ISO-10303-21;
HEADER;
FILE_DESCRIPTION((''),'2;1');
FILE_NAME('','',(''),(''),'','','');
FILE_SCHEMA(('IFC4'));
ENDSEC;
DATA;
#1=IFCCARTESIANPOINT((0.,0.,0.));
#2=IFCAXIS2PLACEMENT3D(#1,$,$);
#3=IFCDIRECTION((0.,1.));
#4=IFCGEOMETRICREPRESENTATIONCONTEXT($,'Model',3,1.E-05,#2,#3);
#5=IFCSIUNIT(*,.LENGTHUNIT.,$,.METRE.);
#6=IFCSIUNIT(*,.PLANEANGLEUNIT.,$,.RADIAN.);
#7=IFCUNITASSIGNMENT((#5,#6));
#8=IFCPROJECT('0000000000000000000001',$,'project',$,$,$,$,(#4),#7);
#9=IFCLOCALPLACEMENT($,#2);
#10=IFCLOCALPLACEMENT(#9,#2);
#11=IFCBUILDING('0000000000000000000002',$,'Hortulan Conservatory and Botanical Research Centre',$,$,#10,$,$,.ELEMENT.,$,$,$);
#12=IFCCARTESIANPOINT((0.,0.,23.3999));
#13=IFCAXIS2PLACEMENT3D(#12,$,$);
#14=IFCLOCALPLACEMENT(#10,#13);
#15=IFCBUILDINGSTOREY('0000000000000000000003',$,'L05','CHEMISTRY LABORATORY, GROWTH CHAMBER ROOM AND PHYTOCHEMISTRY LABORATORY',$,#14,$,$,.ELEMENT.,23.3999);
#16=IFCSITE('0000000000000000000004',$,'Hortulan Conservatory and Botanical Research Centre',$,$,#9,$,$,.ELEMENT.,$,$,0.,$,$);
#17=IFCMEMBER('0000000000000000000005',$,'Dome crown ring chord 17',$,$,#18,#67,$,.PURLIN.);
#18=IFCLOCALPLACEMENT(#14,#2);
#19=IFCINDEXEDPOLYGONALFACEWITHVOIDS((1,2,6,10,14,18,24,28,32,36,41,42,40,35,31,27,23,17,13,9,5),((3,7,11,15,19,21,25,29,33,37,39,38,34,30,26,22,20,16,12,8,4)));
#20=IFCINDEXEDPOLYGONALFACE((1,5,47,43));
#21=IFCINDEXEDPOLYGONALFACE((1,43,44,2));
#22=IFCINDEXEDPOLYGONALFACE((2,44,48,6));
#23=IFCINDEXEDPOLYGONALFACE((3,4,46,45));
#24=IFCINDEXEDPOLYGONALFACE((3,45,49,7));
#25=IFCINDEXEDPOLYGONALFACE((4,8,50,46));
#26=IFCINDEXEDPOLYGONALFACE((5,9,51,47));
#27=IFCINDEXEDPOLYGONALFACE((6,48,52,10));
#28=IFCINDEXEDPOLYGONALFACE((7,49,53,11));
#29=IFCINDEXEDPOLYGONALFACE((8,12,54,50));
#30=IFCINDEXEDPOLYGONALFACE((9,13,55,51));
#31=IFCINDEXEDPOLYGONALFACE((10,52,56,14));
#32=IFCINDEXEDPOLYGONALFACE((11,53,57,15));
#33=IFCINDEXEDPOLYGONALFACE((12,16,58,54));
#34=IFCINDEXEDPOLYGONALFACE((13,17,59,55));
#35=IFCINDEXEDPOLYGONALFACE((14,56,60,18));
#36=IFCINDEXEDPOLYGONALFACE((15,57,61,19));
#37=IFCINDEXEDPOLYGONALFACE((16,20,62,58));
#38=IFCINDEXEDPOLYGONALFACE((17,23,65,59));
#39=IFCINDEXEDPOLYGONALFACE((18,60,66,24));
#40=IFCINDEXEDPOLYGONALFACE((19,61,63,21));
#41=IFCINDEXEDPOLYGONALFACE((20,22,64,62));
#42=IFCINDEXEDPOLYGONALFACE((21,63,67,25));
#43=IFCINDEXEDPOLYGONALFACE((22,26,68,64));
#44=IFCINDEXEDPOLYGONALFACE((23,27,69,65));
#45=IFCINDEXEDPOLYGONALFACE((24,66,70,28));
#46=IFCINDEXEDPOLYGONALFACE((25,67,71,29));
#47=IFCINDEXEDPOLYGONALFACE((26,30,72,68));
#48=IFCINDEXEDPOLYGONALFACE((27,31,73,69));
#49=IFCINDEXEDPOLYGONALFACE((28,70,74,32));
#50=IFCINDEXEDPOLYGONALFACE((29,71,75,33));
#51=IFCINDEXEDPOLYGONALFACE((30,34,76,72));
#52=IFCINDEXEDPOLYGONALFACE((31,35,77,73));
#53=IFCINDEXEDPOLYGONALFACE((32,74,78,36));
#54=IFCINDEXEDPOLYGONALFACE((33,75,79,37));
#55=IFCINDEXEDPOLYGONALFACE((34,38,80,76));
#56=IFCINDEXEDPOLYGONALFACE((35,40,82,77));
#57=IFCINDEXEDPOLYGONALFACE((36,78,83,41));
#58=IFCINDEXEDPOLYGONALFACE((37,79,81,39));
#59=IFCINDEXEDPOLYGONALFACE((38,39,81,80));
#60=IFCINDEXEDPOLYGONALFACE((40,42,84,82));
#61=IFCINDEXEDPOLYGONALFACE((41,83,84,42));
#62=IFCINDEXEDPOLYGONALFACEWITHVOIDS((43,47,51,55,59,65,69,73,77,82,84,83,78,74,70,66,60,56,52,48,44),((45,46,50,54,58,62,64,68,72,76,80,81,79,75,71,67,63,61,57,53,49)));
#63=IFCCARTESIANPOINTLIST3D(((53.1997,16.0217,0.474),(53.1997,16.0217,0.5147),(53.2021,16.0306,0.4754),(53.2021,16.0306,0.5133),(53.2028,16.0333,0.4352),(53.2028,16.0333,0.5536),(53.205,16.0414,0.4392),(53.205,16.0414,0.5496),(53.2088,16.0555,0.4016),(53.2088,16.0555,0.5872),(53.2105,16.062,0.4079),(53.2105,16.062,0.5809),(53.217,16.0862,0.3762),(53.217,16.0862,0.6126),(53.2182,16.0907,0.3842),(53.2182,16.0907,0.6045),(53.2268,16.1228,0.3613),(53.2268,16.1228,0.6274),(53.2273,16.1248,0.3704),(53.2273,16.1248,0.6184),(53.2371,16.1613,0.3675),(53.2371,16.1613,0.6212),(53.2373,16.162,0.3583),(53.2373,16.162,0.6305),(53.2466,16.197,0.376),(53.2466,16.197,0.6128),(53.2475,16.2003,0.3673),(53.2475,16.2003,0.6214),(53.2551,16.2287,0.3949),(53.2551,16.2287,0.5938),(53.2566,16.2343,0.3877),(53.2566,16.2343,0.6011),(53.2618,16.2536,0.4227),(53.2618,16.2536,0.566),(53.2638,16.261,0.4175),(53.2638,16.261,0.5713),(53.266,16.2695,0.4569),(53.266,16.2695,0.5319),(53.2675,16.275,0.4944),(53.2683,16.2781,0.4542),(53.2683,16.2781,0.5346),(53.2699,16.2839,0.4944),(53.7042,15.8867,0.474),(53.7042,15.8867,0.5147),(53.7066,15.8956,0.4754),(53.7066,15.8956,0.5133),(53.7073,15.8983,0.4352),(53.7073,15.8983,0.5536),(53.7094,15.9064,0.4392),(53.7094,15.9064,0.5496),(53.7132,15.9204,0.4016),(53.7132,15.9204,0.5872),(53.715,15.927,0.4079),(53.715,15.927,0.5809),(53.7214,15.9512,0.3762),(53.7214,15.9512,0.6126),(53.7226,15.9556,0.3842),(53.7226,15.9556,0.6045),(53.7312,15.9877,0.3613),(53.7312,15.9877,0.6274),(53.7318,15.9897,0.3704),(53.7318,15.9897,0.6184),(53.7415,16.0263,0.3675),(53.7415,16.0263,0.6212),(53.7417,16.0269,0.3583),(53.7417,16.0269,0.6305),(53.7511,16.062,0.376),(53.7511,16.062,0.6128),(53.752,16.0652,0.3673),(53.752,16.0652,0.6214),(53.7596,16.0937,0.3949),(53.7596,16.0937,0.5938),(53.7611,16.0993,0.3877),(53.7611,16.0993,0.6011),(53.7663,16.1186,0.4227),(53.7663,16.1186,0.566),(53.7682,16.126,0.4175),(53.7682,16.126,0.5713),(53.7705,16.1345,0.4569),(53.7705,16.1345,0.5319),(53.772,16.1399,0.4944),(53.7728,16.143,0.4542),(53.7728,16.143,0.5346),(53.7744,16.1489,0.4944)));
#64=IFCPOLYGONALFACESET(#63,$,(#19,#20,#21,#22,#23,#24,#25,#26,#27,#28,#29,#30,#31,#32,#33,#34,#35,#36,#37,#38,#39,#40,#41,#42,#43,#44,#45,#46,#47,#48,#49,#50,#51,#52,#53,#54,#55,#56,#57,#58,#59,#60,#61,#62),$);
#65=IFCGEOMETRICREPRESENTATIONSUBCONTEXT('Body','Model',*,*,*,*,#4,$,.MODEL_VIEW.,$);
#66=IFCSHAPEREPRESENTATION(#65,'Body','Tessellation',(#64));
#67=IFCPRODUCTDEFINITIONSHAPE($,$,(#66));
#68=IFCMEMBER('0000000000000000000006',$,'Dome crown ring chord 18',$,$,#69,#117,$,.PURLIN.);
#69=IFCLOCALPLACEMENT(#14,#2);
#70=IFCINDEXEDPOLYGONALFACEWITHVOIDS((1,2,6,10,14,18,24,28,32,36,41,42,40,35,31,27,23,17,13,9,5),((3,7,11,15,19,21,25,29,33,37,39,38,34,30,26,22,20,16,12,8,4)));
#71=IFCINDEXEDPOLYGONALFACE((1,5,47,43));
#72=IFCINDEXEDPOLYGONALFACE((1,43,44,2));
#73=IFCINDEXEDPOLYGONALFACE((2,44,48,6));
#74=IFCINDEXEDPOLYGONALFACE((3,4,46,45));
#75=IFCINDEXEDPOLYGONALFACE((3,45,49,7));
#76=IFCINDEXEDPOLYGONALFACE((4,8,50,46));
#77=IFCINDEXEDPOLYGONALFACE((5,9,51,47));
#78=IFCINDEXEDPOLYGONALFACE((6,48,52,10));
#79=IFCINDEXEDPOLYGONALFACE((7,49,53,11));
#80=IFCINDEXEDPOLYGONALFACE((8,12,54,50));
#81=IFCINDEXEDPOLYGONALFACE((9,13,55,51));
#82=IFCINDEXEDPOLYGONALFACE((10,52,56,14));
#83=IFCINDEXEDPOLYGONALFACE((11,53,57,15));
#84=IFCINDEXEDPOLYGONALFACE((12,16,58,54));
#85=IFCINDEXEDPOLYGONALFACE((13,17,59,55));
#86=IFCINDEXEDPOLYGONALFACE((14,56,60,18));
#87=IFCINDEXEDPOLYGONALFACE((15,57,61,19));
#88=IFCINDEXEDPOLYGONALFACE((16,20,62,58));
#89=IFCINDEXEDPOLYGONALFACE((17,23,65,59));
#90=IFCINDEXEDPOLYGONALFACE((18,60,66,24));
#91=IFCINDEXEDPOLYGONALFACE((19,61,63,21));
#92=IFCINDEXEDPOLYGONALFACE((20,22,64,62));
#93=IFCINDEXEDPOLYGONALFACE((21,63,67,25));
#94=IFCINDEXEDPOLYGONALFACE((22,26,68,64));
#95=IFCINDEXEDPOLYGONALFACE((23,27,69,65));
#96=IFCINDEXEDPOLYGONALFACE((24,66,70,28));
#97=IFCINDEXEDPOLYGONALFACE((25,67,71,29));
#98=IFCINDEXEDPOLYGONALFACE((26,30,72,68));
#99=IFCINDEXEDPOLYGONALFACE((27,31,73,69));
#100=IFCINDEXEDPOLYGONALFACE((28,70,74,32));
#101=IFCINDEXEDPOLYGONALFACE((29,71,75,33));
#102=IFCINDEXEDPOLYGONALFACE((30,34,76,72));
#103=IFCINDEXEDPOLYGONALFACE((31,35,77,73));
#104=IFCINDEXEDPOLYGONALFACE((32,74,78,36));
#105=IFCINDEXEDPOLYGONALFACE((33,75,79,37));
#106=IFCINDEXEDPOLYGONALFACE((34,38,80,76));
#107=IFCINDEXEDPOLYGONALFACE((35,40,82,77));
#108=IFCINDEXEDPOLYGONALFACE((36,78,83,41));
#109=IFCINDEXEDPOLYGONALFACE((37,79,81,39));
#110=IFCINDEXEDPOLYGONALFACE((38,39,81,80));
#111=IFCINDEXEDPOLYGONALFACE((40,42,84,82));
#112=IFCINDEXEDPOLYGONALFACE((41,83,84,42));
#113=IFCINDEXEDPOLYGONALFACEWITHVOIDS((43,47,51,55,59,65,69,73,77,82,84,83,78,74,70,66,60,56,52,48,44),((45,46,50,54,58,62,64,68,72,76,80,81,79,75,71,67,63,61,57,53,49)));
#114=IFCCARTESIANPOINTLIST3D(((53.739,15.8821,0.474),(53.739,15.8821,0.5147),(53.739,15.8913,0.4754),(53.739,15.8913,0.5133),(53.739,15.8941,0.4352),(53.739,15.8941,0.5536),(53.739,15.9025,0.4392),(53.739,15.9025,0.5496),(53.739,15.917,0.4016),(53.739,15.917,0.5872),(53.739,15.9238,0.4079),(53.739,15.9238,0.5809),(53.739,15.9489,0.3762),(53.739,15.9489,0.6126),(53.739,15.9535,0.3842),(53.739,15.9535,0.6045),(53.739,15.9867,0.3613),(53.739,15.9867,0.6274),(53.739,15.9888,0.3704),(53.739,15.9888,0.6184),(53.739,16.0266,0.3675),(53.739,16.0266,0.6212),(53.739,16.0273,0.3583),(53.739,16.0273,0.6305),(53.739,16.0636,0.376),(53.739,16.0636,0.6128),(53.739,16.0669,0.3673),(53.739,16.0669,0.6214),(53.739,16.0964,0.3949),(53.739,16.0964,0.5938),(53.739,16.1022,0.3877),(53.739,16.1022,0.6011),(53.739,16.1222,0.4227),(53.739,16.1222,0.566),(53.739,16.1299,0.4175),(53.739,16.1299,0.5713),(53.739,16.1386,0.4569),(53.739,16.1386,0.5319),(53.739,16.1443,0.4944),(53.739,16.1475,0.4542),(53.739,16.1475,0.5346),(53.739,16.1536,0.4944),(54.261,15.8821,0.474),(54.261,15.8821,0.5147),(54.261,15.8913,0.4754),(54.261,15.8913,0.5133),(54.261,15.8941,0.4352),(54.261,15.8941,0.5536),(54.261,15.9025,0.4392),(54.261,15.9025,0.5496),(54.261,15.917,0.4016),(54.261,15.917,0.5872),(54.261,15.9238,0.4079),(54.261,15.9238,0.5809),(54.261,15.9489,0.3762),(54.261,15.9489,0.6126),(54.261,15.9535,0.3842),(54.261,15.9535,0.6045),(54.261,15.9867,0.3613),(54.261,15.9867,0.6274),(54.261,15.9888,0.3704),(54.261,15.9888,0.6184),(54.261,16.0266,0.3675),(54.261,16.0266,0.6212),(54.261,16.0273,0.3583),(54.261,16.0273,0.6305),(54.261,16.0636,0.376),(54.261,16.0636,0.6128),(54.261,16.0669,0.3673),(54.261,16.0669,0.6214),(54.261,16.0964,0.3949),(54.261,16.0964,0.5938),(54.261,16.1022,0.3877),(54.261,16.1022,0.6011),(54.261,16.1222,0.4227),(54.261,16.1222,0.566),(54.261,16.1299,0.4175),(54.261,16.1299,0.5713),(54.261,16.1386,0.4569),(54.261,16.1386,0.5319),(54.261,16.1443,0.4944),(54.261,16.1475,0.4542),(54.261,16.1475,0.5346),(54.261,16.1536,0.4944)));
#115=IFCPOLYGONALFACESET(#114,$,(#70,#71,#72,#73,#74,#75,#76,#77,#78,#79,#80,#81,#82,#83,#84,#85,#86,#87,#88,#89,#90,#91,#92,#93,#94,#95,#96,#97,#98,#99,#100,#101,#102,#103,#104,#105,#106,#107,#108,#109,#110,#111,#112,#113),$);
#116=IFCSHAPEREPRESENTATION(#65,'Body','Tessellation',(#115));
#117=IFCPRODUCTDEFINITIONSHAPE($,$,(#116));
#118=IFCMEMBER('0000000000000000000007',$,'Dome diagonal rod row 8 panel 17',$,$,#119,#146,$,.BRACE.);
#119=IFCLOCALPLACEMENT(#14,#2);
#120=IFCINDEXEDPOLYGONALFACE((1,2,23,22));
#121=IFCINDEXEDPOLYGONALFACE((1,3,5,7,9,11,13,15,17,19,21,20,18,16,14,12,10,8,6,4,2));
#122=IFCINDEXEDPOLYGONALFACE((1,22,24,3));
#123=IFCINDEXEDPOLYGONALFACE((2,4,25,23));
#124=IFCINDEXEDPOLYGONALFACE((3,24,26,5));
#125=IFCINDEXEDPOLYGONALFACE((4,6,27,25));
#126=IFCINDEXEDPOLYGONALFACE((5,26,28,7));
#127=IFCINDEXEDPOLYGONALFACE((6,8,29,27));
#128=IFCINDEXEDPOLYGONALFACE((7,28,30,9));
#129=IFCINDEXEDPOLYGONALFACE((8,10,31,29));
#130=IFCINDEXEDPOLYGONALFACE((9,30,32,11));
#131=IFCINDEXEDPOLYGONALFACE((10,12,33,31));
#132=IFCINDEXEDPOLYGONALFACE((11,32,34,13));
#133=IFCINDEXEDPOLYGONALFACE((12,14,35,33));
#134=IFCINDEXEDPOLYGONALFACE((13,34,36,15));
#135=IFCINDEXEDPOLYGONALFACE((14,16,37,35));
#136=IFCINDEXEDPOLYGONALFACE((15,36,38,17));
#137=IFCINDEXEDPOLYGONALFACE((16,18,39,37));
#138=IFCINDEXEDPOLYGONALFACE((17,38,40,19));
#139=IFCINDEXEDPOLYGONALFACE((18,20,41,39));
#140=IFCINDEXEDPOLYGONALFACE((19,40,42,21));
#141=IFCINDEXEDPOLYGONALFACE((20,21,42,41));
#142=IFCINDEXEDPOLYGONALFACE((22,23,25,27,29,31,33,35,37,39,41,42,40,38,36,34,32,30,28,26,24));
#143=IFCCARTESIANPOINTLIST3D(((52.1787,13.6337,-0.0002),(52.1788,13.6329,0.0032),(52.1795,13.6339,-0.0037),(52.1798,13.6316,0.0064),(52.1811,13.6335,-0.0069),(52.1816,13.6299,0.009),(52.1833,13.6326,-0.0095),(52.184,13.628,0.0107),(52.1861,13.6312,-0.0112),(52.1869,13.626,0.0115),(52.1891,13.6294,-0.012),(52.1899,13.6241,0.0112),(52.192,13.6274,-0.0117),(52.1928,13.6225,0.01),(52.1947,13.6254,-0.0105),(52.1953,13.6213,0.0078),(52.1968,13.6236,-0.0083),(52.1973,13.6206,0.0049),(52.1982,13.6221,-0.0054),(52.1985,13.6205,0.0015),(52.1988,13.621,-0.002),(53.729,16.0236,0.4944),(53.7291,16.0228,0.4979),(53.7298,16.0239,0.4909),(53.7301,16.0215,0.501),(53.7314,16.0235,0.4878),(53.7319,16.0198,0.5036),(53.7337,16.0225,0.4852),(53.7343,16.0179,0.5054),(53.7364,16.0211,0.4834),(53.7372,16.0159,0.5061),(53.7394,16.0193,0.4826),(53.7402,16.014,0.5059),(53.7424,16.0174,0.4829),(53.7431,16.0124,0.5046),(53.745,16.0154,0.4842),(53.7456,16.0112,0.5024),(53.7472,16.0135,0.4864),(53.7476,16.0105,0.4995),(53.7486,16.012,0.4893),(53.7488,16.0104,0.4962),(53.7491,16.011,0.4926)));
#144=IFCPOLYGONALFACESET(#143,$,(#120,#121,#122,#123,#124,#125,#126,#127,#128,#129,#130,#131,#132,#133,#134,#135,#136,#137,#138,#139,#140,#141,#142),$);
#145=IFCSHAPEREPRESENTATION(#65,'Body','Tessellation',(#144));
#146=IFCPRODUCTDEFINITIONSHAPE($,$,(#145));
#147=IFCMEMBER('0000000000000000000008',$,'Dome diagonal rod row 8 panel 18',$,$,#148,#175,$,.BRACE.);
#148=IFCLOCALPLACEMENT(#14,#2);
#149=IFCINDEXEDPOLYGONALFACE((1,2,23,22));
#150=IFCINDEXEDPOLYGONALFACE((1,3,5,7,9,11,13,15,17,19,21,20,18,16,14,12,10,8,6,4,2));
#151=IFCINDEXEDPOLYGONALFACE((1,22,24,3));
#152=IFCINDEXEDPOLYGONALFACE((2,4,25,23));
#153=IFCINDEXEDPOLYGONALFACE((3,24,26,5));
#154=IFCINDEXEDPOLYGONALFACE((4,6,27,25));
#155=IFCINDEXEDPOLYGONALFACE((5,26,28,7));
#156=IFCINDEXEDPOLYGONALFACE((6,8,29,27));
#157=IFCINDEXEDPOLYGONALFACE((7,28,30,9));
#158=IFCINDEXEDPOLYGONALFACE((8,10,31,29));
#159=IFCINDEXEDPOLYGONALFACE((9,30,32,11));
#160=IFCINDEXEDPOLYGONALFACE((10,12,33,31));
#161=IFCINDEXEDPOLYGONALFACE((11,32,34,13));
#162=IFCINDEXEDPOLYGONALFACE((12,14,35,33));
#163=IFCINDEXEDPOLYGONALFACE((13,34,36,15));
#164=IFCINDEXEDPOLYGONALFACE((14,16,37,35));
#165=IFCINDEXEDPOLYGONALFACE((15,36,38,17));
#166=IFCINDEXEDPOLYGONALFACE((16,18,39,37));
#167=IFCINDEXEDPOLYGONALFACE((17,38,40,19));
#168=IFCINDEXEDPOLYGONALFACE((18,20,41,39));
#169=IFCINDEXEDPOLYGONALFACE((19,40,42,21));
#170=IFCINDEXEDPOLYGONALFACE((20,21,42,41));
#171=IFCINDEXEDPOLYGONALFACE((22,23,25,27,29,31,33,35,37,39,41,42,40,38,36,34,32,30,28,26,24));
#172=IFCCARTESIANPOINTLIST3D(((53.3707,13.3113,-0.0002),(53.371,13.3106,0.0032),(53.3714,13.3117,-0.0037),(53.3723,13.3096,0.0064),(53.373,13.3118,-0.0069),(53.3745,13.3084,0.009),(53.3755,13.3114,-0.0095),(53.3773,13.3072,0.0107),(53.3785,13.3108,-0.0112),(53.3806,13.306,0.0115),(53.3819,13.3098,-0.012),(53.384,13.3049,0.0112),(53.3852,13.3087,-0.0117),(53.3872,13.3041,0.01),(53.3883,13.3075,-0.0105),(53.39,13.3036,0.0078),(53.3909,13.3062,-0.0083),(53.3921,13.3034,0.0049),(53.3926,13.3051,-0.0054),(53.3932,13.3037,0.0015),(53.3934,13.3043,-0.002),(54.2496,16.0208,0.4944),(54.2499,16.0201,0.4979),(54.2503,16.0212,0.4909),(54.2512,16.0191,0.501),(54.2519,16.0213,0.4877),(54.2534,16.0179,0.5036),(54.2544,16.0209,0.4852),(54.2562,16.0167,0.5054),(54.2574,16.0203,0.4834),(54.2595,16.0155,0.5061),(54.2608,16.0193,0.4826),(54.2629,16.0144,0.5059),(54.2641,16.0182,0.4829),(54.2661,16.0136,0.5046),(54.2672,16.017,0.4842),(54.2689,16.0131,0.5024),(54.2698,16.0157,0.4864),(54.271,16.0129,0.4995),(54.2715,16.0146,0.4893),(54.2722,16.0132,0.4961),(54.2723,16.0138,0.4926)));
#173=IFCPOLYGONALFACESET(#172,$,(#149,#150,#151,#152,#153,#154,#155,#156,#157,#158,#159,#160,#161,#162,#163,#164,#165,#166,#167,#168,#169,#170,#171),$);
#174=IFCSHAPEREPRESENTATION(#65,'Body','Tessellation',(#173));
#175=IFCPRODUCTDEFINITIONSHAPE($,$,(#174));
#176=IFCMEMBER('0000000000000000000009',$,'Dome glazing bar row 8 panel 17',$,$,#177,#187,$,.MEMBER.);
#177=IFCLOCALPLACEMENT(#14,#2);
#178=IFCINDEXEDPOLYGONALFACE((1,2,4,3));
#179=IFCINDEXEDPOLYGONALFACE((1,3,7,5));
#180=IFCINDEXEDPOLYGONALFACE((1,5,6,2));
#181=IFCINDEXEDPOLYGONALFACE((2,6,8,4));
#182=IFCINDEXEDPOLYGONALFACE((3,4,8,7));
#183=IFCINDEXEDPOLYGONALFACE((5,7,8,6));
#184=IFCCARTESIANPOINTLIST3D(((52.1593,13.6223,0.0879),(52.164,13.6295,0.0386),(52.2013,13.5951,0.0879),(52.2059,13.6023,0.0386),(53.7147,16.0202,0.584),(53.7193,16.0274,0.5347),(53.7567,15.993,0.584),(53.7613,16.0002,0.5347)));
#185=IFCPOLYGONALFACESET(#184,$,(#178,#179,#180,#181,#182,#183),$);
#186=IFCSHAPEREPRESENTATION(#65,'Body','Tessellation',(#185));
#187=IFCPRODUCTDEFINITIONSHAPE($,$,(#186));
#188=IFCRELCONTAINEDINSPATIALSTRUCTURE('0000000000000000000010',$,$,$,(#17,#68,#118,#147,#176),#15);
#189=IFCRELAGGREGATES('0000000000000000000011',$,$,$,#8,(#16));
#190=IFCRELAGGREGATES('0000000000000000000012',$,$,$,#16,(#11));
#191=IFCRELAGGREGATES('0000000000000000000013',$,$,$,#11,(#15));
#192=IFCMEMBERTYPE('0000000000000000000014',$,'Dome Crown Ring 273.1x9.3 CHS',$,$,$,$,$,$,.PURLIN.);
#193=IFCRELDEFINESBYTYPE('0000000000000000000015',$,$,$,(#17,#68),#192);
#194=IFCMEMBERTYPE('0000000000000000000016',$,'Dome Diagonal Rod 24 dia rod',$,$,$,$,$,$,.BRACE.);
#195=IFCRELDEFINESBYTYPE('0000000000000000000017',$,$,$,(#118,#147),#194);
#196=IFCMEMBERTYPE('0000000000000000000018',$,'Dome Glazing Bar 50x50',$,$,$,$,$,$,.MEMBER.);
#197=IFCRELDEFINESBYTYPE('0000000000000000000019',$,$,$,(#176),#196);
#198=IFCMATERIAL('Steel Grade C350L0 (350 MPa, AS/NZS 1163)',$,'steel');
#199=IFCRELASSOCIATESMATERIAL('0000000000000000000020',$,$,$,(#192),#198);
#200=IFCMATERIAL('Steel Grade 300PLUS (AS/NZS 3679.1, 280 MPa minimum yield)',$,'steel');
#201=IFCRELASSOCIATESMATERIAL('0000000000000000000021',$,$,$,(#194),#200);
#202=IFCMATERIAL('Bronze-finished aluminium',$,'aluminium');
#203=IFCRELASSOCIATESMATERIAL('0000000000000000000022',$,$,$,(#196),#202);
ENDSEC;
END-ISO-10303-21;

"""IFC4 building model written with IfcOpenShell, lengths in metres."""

from ifc_helpers import new_model, si_unit, direction, frame, origin, origin_2d, place, context, subcontext, project, spatial, rectangle, circle, hollow_circle, extrude, material, material_profile, profile_set, type_object, element, save


model = new_model("IFC4")

# Units and contexts
model_context = context("Model", 3, precision=1e-05, world=origin(), true_north=direction((0.0, 1.0)))
body_context = subcontext(model_context, "Body", "Model", "MODEL_VIEW")
ifc_project = project(units=[si_unit("LENGTHUNIT", "METRE"), si_unit("PLANEANGLEUNIT", "RADIAN")], contexts=[model_context])

# Site, building, storey
site_placement = place(None, origin())
site = spatial("IfcSite", under=ifc_project, at=site_placement, Name="Hortulan Conservatory and Botanical Research Centre", CompositionType="ELEMENT", RefElevation=0.0)
building_placement = place(site_placement, origin())
building = spatial("IfcBuilding", under=site, at=building_placement, Name="Hortulan Conservatory and Botanical Research Centre", CompositionType="ELEMENT")
storey_placement = place(building_placement, frame((0.0, 0.0, 23.3999)))
storey = spatial("IfcBuildingStorey", under=building, at=storey_placement, Name="L05", Description="CHEMISTRY LABORATORY, GROWTH CHAMBER ROOM AND PHYTOCHEMISTRY LABORATORY", CompositionType="ELEMENT", Elevation=23.3999)

# Members
ifc_material_1 = material(Name="Steel Grade C350L0 (350 MPa, AS/NZS 1163)", Category="steel")
ifc_material_profile_1 = material_profile(ifc_material_1, hollow_circle(Radius=0.1365, WallThickness=0.0093, at=origin_2d()), Name="273.1x9.3CHS")
ifc_profile_set_1 = profile_set([ifc_material_profile_1], Name="Steel Grade C350L0 (350 MPa, AS/NZS 1163)")
member_type_1 = type_object("IfcMemberType", Name="Dome Crown Ring 273.1x9.3 CHS", PredefinedType="PURLIN", material=ifc_profile_set_1)
for number, where, z_axis, x_axis, name in (
    (1, (53.2346, 16.1521, 0.4944), (0.965994, -0.258565, 0.0), (0.258565, 0.965994, 0.0), "Dome crown ring chord 17"),
):
    element("IfcMember", number, at=place(storey_placement, frame(where, z_axis=z_axis, x_axis=x_axis)), inside=storey, type_object=member_type_1, Name=name, PredefinedType="PURLIN", context=body_context, shape_type="SweptSolid", body=[
        extrude(hollow_circle(Radius=0.1365, WallThickness=0.0093, at=origin_2d()), origin(), (0.0, 0.0, 1.0), 0.5222),
    ])
member_1_placement = place(storey_placement, frame((53.739, 16.0171, 0.4944), z_axis=(1.0, 0.0, 0.0), x_axis=(0.0, 1.0, 0.0)))
element("IfcMember", 2, at=member_1_placement, inside=storey, type_object=member_type_1, Name="Dome crown ring chord 18", PredefinedType="PURLIN", context=body_context, shape_type="SweptSolid", body=[
    extrude(hollow_circle(Radius=0.1365, WallThickness=0.0093, at=origin_2d()), origin(), (0.0, 0.0, 1.0), 0.522),
])
ifc_material_2 = material(Name="Steel Grade 300PLUS (AS/NZS 3679.1, 280 MPa minimum yield)", Category="steel")
ifc_material_profile_2 = material_profile(ifc_material_2, circle(Radius=0.012, at=origin_2d()), Name="24 dia rod")
ifc_profile_set_2 = profile_set([ifc_material_profile_2], Name="Steel Grade 300PLUS (AS/NZS 3679.1, 280 MPa minimum yield)")
member_type_2 = type_object("IfcMemberType", Name="Dome Diagonal Rod 24 dia rod", PredefinedType="BRACE", material=ifc_profile_set_2)
member_2_placement = place(storey_placement, frame((52.1887, 13.6272, -0.0002), z_axis=(0.536191, 0.826579, 0.171075), x_axis=(-0.838946, 0.544214, 0.0)))
element("IfcMember", 3, at=member_2_placement, inside=storey, type_object=member_type_2, Name="Dome diagonal rod row 8 panel 17", PredefinedType="BRACE", context=body_context, shape_type="SweptSolid", body=[
    extrude(circle(Radius=0.012, at=origin_2d()), origin(), (0.0, 0.0, 1.0), 2.8914),
])
member_3_placement = place(storey_placement, frame((53.3821, 13.3076, -0.0002), z_axis=(0.304006, 0.937182, 0.171088), x_axis=(-0.951207, 0.308555, 0.0)))
element("IfcMember", 4, at=member_3_placement, inside=storey, type_object=member_type_2, Name="Dome diagonal rod row 8 panel 18", PredefinedType="BRACE", context=body_context, shape_type="SweptSolid", body=[
    extrude(circle(Radius=0.012, at=origin_2d()), origin(), (0.0, 0.0, 1.0), 2.8911),
])
ifc_material_3 = material(Name="Bronze-finished aluminium", Category="aluminium")
ifc_material_profile_3 = material_profile(ifc_material_3, rectangle(XDim=0.05, YDim=0.05, at=origin_2d()), Name="Square bar 50x50")
ifc_profile_set_3 = profile_set([ifc_material_profile_3], Name="Bronze-finished aluminium")
member_type_3 = type_object("IfcMemberType", Name="Dome Glazing Bar 50x50", PredefinedType="MEMBER", material=ifc_profile_set_3)
member_4_placement = place(storey_placement, frame((52.1826, 13.6123, 0.0632), z_axis=(0.536173, 0.826604, 0.17101), x_axis=(-0.838962, 0.544189, 0.0)))
element("IfcMember", 5, at=member_4_placement, inside=storey, type_object=member_type_3, Name="Dome glazing bar row 8 panel 17", PredefinedType="MEMBER", context=body_context, shape_type="SweptSolid", body=[
    extrude(rectangle(XDim=0.05, YDim=0.05, at=origin_2d()), origin(), (0.0, 0.0, 1.0), 2.9009),
])

save(model, "model.ifc")
